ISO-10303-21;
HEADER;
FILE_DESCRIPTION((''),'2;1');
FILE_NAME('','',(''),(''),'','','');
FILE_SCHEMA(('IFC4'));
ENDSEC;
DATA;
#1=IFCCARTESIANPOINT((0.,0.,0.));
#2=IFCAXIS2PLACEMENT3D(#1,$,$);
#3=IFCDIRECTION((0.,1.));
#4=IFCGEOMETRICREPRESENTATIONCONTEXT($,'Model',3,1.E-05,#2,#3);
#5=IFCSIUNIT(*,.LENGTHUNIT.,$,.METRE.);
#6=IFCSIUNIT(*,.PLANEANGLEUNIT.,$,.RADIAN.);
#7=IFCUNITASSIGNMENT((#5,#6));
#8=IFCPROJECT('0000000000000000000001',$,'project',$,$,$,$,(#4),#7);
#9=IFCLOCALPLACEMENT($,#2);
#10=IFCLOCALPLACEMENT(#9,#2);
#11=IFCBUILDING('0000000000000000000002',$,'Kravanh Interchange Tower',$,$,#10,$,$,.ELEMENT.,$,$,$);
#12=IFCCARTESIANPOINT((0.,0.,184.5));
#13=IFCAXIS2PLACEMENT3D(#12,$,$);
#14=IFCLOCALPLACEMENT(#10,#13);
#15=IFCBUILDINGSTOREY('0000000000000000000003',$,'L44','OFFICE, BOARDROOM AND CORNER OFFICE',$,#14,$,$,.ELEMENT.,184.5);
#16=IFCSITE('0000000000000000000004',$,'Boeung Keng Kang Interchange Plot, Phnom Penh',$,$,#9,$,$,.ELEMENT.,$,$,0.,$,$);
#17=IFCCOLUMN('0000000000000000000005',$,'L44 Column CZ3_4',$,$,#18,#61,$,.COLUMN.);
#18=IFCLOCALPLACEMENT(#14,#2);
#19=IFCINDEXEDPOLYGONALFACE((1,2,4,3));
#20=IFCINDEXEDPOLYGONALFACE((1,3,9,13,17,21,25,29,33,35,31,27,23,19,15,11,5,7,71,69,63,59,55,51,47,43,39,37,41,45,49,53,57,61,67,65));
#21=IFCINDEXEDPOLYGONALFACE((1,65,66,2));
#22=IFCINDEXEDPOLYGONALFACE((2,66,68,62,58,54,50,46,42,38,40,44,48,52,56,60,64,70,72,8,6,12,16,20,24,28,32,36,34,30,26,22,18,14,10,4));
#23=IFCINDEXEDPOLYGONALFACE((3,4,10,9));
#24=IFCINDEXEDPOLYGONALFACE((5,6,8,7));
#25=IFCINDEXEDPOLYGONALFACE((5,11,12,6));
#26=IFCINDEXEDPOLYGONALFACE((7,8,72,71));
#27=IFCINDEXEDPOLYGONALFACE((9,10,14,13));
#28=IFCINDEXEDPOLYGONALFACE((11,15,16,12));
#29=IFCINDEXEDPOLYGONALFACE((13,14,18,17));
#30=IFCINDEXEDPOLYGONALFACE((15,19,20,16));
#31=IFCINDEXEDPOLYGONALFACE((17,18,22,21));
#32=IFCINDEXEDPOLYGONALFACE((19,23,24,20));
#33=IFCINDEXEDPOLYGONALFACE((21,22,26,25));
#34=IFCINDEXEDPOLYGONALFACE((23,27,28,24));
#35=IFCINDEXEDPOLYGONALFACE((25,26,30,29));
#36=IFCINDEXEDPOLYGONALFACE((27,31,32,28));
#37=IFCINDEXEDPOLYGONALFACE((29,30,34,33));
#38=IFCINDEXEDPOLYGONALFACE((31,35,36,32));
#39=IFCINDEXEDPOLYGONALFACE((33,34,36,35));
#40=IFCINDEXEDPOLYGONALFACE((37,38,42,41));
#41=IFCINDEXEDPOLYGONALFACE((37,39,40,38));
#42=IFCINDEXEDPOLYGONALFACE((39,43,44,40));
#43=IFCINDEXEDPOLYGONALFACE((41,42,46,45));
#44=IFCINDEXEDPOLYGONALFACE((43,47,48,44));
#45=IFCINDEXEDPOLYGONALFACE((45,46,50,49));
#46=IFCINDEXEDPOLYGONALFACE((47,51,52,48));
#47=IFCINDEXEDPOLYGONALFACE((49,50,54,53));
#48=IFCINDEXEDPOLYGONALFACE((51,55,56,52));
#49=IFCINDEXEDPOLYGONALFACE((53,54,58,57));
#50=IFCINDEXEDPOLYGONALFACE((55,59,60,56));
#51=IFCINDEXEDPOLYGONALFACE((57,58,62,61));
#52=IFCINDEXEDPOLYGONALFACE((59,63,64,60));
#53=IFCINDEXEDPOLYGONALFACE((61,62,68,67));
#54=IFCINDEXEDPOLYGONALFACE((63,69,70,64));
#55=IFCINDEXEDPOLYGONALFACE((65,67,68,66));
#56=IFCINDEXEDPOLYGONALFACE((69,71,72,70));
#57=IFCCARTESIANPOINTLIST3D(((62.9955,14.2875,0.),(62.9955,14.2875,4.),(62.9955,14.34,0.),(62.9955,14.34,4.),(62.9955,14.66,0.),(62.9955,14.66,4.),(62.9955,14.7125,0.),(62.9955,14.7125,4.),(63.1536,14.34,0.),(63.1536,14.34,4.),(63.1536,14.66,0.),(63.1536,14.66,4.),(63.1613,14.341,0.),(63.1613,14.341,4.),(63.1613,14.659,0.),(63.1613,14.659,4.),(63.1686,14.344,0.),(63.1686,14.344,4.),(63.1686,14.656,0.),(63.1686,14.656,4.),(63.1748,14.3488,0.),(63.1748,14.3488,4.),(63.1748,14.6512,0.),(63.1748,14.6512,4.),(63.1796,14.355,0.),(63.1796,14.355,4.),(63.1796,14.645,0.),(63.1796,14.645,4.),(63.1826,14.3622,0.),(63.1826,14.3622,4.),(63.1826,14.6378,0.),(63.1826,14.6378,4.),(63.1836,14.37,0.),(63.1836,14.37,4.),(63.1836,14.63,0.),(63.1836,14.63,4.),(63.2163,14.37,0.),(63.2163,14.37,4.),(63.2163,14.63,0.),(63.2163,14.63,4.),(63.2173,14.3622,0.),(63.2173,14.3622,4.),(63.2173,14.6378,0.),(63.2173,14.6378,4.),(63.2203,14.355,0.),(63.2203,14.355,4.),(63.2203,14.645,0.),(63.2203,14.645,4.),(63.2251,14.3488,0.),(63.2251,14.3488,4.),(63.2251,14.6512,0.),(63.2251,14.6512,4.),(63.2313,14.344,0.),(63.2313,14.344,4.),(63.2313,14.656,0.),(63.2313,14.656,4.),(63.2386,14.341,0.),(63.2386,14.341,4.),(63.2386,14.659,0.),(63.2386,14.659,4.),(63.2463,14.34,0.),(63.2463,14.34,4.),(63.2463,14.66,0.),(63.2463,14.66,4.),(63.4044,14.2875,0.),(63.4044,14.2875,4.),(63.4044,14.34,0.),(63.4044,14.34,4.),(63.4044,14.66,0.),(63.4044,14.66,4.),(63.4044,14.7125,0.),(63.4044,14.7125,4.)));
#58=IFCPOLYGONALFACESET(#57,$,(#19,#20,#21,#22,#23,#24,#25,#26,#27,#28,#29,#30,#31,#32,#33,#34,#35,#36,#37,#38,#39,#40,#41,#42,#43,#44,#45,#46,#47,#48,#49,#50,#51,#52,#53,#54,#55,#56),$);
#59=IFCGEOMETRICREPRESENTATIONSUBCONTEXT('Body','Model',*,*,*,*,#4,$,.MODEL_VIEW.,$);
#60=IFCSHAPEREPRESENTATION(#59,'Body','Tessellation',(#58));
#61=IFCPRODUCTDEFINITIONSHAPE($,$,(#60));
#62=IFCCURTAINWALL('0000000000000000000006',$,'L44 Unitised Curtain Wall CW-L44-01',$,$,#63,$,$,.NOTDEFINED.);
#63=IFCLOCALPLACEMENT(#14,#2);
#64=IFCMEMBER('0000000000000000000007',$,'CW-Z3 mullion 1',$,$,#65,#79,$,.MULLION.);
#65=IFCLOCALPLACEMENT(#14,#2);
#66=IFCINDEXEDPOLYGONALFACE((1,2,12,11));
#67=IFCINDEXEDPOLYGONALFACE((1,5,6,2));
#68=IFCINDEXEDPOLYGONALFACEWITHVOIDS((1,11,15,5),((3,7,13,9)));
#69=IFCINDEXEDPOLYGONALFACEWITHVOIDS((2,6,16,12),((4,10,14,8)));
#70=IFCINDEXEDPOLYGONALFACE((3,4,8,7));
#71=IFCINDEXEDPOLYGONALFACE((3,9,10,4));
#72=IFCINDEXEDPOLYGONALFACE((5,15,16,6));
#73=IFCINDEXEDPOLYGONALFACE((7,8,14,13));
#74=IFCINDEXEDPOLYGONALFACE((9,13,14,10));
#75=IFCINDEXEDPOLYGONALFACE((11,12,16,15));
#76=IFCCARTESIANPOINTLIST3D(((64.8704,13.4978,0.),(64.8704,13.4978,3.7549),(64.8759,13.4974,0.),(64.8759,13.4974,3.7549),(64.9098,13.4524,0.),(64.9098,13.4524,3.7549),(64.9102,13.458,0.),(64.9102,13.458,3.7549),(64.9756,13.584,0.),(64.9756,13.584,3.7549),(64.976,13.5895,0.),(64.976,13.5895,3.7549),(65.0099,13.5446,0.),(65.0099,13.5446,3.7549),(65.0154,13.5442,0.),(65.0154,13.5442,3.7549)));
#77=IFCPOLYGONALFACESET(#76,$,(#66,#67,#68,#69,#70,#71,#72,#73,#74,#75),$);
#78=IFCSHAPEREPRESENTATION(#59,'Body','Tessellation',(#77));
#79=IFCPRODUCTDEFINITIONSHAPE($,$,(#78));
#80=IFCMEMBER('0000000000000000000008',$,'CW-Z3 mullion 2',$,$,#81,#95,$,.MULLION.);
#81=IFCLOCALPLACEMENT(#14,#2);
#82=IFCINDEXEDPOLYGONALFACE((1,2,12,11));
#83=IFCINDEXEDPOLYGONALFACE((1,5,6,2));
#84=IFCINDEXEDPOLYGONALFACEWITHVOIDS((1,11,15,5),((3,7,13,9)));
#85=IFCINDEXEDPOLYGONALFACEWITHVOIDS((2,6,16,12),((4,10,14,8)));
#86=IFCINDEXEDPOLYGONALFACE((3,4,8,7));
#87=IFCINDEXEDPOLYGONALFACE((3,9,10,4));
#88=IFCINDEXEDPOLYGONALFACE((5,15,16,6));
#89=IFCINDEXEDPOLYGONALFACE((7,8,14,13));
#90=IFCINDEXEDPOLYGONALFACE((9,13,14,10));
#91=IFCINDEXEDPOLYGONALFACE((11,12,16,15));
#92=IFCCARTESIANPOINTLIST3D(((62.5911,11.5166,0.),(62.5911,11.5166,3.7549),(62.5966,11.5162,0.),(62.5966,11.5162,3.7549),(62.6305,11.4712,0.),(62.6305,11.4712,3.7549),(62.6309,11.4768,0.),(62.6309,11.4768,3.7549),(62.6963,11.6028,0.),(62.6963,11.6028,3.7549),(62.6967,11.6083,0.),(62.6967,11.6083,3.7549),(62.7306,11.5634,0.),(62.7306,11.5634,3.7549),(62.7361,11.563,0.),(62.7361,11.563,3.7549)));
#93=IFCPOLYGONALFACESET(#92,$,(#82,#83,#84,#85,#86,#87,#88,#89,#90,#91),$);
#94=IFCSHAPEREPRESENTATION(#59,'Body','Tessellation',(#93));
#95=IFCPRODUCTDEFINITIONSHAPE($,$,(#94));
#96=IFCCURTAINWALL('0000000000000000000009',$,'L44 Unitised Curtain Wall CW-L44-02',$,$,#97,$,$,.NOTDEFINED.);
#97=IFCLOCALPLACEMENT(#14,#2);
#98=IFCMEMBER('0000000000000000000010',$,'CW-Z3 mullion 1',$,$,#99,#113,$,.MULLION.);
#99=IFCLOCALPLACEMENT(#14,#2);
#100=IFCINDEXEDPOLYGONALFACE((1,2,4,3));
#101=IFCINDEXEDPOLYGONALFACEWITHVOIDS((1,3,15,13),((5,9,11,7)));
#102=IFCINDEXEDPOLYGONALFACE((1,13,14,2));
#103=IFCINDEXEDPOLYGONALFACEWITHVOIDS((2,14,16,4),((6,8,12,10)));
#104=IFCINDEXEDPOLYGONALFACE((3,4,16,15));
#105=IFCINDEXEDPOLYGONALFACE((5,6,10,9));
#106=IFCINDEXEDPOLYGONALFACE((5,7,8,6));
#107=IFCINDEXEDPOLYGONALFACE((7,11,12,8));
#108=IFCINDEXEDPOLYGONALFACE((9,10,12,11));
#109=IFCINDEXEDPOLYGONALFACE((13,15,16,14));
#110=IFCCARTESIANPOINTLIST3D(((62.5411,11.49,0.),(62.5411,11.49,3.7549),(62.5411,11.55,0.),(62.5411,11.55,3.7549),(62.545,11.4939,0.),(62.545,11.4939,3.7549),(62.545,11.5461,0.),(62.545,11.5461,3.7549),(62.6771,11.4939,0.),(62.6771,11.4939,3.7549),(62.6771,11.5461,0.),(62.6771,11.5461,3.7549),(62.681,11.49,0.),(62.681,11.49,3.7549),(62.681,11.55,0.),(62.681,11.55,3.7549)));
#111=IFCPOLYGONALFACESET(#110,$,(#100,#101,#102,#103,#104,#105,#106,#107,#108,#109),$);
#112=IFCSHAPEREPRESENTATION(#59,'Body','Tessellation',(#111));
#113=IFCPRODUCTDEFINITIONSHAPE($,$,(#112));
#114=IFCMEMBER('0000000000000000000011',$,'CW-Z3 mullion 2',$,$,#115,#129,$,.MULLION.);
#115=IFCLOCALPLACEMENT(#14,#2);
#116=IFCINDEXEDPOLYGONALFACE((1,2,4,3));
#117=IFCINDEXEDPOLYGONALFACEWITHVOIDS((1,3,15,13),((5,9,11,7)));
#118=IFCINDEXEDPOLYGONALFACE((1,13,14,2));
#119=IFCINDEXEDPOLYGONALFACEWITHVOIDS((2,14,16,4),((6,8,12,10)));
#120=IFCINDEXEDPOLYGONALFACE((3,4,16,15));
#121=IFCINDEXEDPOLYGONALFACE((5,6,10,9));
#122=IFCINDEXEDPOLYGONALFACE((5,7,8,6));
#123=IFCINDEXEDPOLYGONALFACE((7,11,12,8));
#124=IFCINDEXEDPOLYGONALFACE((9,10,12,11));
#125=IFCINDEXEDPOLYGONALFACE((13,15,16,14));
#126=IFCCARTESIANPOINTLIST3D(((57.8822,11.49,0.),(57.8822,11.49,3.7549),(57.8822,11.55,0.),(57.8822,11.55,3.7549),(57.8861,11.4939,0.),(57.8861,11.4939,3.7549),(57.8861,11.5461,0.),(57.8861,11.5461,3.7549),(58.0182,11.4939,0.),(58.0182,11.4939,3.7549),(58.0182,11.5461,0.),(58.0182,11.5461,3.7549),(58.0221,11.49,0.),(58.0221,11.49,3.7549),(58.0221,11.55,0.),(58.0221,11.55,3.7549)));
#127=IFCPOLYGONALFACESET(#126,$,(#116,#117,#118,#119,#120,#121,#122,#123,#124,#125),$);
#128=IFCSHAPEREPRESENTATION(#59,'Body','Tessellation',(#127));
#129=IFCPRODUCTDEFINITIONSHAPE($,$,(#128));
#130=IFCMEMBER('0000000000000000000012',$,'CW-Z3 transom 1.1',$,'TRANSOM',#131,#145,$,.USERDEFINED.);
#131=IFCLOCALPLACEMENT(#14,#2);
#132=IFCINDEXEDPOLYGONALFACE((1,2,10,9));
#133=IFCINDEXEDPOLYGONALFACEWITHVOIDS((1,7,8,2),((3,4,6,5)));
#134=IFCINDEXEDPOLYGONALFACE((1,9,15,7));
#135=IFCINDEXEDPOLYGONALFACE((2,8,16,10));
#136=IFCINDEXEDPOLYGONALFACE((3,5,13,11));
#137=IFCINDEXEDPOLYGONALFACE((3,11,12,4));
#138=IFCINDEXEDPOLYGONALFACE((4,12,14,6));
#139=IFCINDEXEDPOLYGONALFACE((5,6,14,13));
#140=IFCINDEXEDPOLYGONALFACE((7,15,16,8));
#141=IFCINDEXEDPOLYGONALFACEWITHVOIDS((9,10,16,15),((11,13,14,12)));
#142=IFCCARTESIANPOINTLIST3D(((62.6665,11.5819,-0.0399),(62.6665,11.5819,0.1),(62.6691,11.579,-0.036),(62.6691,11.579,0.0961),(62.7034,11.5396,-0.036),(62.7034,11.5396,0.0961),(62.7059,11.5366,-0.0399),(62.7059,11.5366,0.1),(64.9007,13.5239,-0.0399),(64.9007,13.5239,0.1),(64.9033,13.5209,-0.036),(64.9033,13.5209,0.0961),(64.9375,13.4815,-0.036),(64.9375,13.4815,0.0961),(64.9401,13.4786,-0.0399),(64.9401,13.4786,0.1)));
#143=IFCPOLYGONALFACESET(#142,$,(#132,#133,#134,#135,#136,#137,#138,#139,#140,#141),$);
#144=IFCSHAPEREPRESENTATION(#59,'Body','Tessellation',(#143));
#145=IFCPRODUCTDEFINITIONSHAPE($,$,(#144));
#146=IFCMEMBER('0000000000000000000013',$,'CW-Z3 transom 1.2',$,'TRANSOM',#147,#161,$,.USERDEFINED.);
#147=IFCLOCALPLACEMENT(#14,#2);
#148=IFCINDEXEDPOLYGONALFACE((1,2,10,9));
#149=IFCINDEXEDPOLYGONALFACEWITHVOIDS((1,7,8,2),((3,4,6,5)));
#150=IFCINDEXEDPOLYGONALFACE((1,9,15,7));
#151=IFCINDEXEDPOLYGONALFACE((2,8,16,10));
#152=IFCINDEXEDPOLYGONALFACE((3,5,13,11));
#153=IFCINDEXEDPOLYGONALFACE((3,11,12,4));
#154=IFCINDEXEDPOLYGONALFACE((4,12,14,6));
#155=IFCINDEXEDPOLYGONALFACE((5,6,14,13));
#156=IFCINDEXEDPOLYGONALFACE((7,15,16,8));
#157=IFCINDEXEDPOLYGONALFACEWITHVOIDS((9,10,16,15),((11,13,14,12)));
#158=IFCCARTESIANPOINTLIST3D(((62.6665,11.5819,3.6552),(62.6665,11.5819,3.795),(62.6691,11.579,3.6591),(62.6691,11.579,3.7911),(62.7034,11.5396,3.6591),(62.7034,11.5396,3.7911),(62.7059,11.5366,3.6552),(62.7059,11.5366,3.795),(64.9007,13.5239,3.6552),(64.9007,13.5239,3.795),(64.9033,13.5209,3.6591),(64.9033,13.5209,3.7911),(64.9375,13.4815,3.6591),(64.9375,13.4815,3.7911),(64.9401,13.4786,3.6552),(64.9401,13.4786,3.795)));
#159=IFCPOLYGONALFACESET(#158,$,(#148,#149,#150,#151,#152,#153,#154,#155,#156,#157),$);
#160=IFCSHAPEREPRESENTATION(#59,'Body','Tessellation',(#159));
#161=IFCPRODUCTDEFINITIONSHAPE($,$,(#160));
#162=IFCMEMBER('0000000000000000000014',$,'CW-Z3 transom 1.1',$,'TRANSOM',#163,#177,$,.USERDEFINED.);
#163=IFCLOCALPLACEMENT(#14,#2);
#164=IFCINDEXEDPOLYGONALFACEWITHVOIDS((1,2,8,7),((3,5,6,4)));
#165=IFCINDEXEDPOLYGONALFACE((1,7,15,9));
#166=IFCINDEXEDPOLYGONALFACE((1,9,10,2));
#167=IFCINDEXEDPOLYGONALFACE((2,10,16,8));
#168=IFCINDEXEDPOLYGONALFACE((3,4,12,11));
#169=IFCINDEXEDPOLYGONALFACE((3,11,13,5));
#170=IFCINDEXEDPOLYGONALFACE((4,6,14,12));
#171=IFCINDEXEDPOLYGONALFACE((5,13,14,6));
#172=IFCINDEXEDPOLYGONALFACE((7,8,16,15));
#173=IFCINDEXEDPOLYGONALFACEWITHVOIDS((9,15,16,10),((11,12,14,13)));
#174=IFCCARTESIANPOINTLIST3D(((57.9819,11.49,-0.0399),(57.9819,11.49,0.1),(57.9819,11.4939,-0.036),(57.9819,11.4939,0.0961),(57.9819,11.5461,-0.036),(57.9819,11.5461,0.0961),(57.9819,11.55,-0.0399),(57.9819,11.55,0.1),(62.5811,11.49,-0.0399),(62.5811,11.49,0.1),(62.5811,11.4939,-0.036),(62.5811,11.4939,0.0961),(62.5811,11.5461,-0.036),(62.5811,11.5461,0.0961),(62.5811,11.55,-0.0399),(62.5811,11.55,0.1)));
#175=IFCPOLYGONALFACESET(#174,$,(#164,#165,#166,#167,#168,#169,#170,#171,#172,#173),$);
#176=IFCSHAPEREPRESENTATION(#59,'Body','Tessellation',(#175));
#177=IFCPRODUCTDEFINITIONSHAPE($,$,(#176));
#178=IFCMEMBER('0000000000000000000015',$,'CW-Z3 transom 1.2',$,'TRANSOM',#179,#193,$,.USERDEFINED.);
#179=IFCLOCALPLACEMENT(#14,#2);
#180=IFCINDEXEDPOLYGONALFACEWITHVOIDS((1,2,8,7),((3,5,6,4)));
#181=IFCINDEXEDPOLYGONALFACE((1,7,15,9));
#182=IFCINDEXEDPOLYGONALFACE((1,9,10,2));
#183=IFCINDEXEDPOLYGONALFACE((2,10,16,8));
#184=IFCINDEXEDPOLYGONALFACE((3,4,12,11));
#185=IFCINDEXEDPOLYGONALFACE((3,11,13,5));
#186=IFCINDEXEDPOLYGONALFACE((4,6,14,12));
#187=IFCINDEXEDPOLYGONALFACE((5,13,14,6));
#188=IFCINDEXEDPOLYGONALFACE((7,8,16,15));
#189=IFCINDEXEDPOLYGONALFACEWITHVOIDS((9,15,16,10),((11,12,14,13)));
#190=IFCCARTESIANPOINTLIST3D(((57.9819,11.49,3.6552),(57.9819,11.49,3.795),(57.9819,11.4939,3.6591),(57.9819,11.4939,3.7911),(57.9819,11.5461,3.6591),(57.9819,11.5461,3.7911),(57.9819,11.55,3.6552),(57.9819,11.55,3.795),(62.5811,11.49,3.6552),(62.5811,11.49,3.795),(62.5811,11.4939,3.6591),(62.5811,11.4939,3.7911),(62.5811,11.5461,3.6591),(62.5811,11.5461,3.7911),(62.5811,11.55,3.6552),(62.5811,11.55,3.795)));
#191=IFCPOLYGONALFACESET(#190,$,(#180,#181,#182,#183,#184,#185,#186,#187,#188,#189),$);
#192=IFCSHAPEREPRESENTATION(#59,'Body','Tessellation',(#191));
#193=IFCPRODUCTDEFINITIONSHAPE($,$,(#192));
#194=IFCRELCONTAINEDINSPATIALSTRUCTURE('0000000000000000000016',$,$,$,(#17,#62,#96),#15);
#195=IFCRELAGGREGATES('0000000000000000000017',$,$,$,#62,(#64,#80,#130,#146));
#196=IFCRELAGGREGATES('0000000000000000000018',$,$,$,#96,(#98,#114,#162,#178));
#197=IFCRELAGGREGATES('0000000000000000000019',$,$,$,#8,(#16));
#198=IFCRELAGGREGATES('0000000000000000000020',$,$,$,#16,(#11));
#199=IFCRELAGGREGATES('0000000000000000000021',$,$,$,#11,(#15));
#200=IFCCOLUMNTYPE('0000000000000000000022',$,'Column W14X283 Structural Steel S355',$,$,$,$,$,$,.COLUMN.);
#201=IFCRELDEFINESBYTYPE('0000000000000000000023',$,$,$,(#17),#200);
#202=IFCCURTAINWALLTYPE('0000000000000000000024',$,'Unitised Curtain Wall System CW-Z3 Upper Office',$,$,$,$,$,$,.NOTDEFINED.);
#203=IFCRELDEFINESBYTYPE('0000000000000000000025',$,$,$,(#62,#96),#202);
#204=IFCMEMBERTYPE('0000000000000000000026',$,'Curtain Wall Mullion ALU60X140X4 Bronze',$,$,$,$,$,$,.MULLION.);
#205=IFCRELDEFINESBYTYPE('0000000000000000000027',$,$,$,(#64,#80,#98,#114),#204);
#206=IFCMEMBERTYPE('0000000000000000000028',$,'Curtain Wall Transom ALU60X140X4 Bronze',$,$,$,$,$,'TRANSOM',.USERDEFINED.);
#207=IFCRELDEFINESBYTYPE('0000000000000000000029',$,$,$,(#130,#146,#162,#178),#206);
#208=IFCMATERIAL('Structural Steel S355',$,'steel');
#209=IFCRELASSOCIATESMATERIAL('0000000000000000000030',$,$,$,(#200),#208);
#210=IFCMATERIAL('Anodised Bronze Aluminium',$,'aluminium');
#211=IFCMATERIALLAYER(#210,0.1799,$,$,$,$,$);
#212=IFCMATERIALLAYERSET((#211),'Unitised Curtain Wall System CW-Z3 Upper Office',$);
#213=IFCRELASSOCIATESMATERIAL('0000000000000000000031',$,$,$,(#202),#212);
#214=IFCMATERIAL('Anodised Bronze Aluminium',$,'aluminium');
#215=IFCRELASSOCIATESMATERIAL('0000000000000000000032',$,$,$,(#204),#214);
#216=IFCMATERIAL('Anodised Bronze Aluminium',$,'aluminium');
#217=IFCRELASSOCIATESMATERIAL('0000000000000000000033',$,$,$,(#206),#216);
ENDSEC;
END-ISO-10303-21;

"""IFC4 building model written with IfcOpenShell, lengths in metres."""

from ifc_helpers import new_model, si_unit, direction, frame, origin, origin_2d, place, context, subcontext, project, spatial, hollow_rectangle, i_section, extrude, material, layer, layer_set, material_profile, profile_set, type_object, element, aggregate, save


model = new_model("IFC4")

# Units and contexts
model_context = context("Model", 3, precision=1e-05, world=origin(), true_north=direction((0.0, 1.0)))
body_context = subcontext(model_context, "Body", "Model", "MODEL_VIEW")
ifc_project = project(units=[si_unit("LENGTHUNIT", "METRE"), si_unit("PLANEANGLEUNIT", "RADIAN")], contexts=[model_context])

# Site, building, storey
site_placement = place(None, origin())
site = spatial("IfcSite", under=ifc_project, at=site_placement, Name="Boeung Keng Kang Interchange Plot, Phnom Penh", CompositionType="ELEMENT", RefElevation=0.0)
building_placement = place(site_placement, origin())
building = spatial("IfcBuilding", under=site, at=building_placement, Name="Kravanh Interchange Tower", CompositionType="ELEMENT")
storey_placement = place(building_placement, frame((0.0, 0.0, 184.5)))
storey = spatial("IfcBuildingStorey", under=building, at=storey_placement, Name="L44", Description="OFFICE, BOARDROOM AND CORNER OFFICE", CompositionType="ELEMENT", Elevation=184.5)

# Column
ifc_material_1 = material(Name="Structural Steel S355", Category="steel")
ifc_material_profile_1 = material_profile(ifc_material_1, i_section(OverallWidth=0.4089, OverallDepth=0.425, WebThickness=0.0327, FlangeThickness=0.0525, FilletRadius=0.03, at=origin_2d()), Name="W14X283")
ifc_profile_set_1 = profile_set([ifc_material_profile_1], Name="Structural Steel S355")
column_type = type_object("IfcColumnType", Name="Column W14X283 Structural Steel S355", PredefinedType="COLUMN", material=ifc_profile_set_1)
column_placement = place(storey_placement, frame((63.2, 14.5, 0.0), z_axis=(0.0, 0.0, 1.0), x_axis=(1.0, 0.0, 0.0)))
element("IfcColumn", 1, at=column_placement, inside=storey, type_object=column_type, Name="L44 Column CZ3_4", PredefinedType="COLUMN", context=body_context, shape_type="SweptSolid", body=[
    extrude(i_section(OverallWidth=0.4089, OverallDepth=0.425, WebThickness=0.0327, FlangeThickness=0.0525, FilletRadius=0.03, at=origin_2d()), origin(), (0.0, 0.0, 1.0), 4.0),
])

# Curtain walls, members
ifc_material_2 = material(Name="Anodised Bronze Aluminium", Category="aluminium")
ifc_layer_1 = layer(ifc_material_2, 0.1799)
ifc_layer_set_1 = layer_set([ifc_layer_1], Name="Unitised Curtain Wall System CW-Z3 Upper Office")
curtain_wall_type = type_object("IfcCurtainWallType", Name="Unitised Curtain Wall System CW-Z3 Upper Office", PredefinedType="NOTDEFINED", material=ifc_layer_set_1)
curtain_wall_1_placement = place(storey_placement, origin())
curtain_wall_1 = element("IfcCurtainWall", 2, at=curtain_wall_1_placement, inside=storey, type_object=curtain_wall_type, Name="L44 Unitised Curtain Wall CW-L44-01", PredefinedType="NOTDEFINED")
ifc_material_3 = material(Name="Anodised Bronze Aluminium", Category="aluminium")
ifc_material_profile_2 = material_profile(ifc_material_3, hollow_rectangle(XDim=0.0601, YDim=0.1399, WallThickness=0.0039, at=origin_2d()), Name="ALU60X140X4")
ifc_profile_set_2 = profile_set([ifc_material_profile_2], Name="Anodised Bronze Aluminium")
member_type_1 = type_object("IfcMemberType", Name="Curtain Wall Mullion ALU60X140X4 Bronze", PredefinedType="MULLION", material=ifc_profile_set_2)
member_1_placement = place(storey_placement, frame((64.9429, 13.521, 0.0), z_axis=(0.0, 0.0, 1.0), x_axis=(0.656051, -0.754717, 0.0)))
member_1 = element("IfcMember", 3, at=member_1_placement, type_object=member_type_1, Name="CW-Z3 mullion 1", PredefinedType="MULLION", context=body_context, shape_type="SweptSolid", body=[
    extrude(hollow_rectangle(XDim=0.0601, YDim=0.1399, WallThickness=0.0039, at=origin_2d()), origin(), (0.0, 0.0, 1.0), 3.7549),
])
member_2_placement = place(storey_placement, frame((62.6636, 11.5398, 0.0), z_axis=(0.0, 0.0, 1.0), x_axis=(0.656051, -0.754717, 0.0)))
member_2 = element("IfcMember", 4, at=member_2_placement, type_object=member_type_1, Name="CW-Z3 mullion 2", PredefinedType="MULLION", context=body_context, shape_type="SweptSolid", body=[
    extrude(hollow_rectangle(XDim=0.0601, YDim=0.1399, WallThickness=0.0039, at=origin_2d()), origin(), (0.0, 0.0, 1.0), 3.7549),
])
curtain_wall_2_placement = place(storey_placement, origin())
curtain_wall_2 = element("IfcCurtainWall", 5, at=curtain_wall_2_placement, inside=storey, type_object=curtain_wall_type, Name="L44 Unitised Curtain Wall CW-L44-02", PredefinedType="NOTDEFINED")
member_3_placement = place(storey_placement, frame((62.6111, 11.52, 0.0), z_axis=(0.0, 0.0, 1.0), x_axis=(0.0, -1.0, 0.0)))
member_3 = element("IfcMember", 6, at=member_3_placement, type_object=member_type_1, Name="CW-Z3 mullion 1", PredefinedType="MULLION", context=body_context, shape_type="SweptSolid", body=[
    extrude(hollow_rectangle(XDim=0.0601, YDim=0.1399, WallThickness=0.0039, at=origin_2d()), origin(), (0.0, 0.0, 1.0), 3.7549),
])
member_4_placement = place(storey_placement, frame((57.9521, 11.52, 0.0), z_axis=(0.0, 0.0, 1.0), x_axis=(0.0, -1.0, 0.0)))
member_4 = element("IfcMember", 7, at=member_4_placement, type_object=member_type_1, Name="CW-Z3 mullion 2", PredefinedType="MULLION", context=body_context, shape_type="SweptSolid", body=[
    extrude(hollow_rectangle(XDim=0.0601, YDim=0.1399, WallThickness=0.0039, at=origin_2d()), origin(), (0.0, 0.0, 1.0), 3.7549),
])

# Members
ifc_material_4 = material(Name="Anodised Bronze Aluminium", Category="aluminium")
ifc_material_profile_3 = material_profile(ifc_material_4, hollow_rectangle(XDim=0.0601, YDim=0.1399, WallThickness=0.0039, at=origin_2d()), Name="ALU60X140X4")
ifc_profile_set_3 = profile_set([ifc_material_profile_3], Name="Anodised Bronze Aluminium")
member_type_2 = type_object("IfcMemberType", Name="Curtain Wall Transom ALU60X140X4 Bronze", ElementType="TRANSOM", PredefinedType="USERDEFINED", material=ifc_profile_set_3)
member_5_placement = place(storey_placement, frame((64.9204, 13.5012, 0.03), z_axis=(-0.754744, -0.656019, 0.0), x_axis=(0.656019, -0.754744, 0.0)))
member_5 = element("IfcMember", 8, at=member_5_placement, type_object=member_type_2, Name="CW-Z3 transom 1.1", ObjectType="TRANSOM", PredefinedType="USERDEFINED", context=body_context, shape_type="SweptSolid", body=[
    extrude(hollow_rectangle(XDim=0.0601, YDim=0.1399, WallThickness=0.0039, at=origin_2d()), origin(), (0.0, 0.0, 1.0), 2.9602),
])
member_6_placement = place(storey_placement, frame((64.9204, 13.5012, 3.7251), z_axis=(-0.754744, -0.656019, 0.0), x_axis=(0.656019, -0.754744, 0.0)))
member_6 = element("IfcMember", 9, at=member_6_placement, type_object=member_type_2, Name="CW-Z3 transom 1.2", ObjectType="TRANSOM", PredefinedType="USERDEFINED", context=body_context, shape_type="SweptSolid", body=[
    extrude(hollow_rectangle(XDim=0.0601, YDim=0.1399, WallThickness=0.0039, at=origin_2d()), origin(), (0.0, 0.0, 1.0), 2.9602),
])
member_7_placement = place(storey_placement, frame((62.5811, 11.52, 0.03), z_axis=(-1.0, 0.0, 0.0), x_axis=(0.0, -1.0, 0.0)))
member_7 = element("IfcMember", 10, at=member_7_placement, type_object=member_type_2, Name="CW-Z3 transom 1.1", ObjectType="TRANSOM", PredefinedType="USERDEFINED", context=body_context, shape_type="SweptSolid", body=[
    extrude(hollow_rectangle(XDim=0.0601, YDim=0.1399, WallThickness=0.0039, at=origin_2d()), origin(), (0.0, 0.0, 1.0), 4.5991),
])
member_8_placement = place(storey_placement, frame((62.5811, 11.52, 3.7251), z_axis=(-1.0, 0.0, 0.0), x_axis=(0.0, -1.0, 0.0)))
member_8 = element("IfcMember", 11, at=member_8_placement, type_object=member_type_2, Name="CW-Z3 transom 1.2", ObjectType="TRANSOM", PredefinedType="USERDEFINED", context=body_context, shape_type="SweptSolid", body=[
    extrude(hollow_rectangle(XDim=0.0601, YDim=0.1399, WallThickness=0.0039, at=origin_2d()), origin(), (0.0, 0.0, 1.0), 4.5991),
])

aggregate(curtain_wall_1, [member_1, member_2, member_5, member_6])
aggregate(curtain_wall_2, [member_3, member_4, member_7, member_8])

save(model, "model.ifc")
